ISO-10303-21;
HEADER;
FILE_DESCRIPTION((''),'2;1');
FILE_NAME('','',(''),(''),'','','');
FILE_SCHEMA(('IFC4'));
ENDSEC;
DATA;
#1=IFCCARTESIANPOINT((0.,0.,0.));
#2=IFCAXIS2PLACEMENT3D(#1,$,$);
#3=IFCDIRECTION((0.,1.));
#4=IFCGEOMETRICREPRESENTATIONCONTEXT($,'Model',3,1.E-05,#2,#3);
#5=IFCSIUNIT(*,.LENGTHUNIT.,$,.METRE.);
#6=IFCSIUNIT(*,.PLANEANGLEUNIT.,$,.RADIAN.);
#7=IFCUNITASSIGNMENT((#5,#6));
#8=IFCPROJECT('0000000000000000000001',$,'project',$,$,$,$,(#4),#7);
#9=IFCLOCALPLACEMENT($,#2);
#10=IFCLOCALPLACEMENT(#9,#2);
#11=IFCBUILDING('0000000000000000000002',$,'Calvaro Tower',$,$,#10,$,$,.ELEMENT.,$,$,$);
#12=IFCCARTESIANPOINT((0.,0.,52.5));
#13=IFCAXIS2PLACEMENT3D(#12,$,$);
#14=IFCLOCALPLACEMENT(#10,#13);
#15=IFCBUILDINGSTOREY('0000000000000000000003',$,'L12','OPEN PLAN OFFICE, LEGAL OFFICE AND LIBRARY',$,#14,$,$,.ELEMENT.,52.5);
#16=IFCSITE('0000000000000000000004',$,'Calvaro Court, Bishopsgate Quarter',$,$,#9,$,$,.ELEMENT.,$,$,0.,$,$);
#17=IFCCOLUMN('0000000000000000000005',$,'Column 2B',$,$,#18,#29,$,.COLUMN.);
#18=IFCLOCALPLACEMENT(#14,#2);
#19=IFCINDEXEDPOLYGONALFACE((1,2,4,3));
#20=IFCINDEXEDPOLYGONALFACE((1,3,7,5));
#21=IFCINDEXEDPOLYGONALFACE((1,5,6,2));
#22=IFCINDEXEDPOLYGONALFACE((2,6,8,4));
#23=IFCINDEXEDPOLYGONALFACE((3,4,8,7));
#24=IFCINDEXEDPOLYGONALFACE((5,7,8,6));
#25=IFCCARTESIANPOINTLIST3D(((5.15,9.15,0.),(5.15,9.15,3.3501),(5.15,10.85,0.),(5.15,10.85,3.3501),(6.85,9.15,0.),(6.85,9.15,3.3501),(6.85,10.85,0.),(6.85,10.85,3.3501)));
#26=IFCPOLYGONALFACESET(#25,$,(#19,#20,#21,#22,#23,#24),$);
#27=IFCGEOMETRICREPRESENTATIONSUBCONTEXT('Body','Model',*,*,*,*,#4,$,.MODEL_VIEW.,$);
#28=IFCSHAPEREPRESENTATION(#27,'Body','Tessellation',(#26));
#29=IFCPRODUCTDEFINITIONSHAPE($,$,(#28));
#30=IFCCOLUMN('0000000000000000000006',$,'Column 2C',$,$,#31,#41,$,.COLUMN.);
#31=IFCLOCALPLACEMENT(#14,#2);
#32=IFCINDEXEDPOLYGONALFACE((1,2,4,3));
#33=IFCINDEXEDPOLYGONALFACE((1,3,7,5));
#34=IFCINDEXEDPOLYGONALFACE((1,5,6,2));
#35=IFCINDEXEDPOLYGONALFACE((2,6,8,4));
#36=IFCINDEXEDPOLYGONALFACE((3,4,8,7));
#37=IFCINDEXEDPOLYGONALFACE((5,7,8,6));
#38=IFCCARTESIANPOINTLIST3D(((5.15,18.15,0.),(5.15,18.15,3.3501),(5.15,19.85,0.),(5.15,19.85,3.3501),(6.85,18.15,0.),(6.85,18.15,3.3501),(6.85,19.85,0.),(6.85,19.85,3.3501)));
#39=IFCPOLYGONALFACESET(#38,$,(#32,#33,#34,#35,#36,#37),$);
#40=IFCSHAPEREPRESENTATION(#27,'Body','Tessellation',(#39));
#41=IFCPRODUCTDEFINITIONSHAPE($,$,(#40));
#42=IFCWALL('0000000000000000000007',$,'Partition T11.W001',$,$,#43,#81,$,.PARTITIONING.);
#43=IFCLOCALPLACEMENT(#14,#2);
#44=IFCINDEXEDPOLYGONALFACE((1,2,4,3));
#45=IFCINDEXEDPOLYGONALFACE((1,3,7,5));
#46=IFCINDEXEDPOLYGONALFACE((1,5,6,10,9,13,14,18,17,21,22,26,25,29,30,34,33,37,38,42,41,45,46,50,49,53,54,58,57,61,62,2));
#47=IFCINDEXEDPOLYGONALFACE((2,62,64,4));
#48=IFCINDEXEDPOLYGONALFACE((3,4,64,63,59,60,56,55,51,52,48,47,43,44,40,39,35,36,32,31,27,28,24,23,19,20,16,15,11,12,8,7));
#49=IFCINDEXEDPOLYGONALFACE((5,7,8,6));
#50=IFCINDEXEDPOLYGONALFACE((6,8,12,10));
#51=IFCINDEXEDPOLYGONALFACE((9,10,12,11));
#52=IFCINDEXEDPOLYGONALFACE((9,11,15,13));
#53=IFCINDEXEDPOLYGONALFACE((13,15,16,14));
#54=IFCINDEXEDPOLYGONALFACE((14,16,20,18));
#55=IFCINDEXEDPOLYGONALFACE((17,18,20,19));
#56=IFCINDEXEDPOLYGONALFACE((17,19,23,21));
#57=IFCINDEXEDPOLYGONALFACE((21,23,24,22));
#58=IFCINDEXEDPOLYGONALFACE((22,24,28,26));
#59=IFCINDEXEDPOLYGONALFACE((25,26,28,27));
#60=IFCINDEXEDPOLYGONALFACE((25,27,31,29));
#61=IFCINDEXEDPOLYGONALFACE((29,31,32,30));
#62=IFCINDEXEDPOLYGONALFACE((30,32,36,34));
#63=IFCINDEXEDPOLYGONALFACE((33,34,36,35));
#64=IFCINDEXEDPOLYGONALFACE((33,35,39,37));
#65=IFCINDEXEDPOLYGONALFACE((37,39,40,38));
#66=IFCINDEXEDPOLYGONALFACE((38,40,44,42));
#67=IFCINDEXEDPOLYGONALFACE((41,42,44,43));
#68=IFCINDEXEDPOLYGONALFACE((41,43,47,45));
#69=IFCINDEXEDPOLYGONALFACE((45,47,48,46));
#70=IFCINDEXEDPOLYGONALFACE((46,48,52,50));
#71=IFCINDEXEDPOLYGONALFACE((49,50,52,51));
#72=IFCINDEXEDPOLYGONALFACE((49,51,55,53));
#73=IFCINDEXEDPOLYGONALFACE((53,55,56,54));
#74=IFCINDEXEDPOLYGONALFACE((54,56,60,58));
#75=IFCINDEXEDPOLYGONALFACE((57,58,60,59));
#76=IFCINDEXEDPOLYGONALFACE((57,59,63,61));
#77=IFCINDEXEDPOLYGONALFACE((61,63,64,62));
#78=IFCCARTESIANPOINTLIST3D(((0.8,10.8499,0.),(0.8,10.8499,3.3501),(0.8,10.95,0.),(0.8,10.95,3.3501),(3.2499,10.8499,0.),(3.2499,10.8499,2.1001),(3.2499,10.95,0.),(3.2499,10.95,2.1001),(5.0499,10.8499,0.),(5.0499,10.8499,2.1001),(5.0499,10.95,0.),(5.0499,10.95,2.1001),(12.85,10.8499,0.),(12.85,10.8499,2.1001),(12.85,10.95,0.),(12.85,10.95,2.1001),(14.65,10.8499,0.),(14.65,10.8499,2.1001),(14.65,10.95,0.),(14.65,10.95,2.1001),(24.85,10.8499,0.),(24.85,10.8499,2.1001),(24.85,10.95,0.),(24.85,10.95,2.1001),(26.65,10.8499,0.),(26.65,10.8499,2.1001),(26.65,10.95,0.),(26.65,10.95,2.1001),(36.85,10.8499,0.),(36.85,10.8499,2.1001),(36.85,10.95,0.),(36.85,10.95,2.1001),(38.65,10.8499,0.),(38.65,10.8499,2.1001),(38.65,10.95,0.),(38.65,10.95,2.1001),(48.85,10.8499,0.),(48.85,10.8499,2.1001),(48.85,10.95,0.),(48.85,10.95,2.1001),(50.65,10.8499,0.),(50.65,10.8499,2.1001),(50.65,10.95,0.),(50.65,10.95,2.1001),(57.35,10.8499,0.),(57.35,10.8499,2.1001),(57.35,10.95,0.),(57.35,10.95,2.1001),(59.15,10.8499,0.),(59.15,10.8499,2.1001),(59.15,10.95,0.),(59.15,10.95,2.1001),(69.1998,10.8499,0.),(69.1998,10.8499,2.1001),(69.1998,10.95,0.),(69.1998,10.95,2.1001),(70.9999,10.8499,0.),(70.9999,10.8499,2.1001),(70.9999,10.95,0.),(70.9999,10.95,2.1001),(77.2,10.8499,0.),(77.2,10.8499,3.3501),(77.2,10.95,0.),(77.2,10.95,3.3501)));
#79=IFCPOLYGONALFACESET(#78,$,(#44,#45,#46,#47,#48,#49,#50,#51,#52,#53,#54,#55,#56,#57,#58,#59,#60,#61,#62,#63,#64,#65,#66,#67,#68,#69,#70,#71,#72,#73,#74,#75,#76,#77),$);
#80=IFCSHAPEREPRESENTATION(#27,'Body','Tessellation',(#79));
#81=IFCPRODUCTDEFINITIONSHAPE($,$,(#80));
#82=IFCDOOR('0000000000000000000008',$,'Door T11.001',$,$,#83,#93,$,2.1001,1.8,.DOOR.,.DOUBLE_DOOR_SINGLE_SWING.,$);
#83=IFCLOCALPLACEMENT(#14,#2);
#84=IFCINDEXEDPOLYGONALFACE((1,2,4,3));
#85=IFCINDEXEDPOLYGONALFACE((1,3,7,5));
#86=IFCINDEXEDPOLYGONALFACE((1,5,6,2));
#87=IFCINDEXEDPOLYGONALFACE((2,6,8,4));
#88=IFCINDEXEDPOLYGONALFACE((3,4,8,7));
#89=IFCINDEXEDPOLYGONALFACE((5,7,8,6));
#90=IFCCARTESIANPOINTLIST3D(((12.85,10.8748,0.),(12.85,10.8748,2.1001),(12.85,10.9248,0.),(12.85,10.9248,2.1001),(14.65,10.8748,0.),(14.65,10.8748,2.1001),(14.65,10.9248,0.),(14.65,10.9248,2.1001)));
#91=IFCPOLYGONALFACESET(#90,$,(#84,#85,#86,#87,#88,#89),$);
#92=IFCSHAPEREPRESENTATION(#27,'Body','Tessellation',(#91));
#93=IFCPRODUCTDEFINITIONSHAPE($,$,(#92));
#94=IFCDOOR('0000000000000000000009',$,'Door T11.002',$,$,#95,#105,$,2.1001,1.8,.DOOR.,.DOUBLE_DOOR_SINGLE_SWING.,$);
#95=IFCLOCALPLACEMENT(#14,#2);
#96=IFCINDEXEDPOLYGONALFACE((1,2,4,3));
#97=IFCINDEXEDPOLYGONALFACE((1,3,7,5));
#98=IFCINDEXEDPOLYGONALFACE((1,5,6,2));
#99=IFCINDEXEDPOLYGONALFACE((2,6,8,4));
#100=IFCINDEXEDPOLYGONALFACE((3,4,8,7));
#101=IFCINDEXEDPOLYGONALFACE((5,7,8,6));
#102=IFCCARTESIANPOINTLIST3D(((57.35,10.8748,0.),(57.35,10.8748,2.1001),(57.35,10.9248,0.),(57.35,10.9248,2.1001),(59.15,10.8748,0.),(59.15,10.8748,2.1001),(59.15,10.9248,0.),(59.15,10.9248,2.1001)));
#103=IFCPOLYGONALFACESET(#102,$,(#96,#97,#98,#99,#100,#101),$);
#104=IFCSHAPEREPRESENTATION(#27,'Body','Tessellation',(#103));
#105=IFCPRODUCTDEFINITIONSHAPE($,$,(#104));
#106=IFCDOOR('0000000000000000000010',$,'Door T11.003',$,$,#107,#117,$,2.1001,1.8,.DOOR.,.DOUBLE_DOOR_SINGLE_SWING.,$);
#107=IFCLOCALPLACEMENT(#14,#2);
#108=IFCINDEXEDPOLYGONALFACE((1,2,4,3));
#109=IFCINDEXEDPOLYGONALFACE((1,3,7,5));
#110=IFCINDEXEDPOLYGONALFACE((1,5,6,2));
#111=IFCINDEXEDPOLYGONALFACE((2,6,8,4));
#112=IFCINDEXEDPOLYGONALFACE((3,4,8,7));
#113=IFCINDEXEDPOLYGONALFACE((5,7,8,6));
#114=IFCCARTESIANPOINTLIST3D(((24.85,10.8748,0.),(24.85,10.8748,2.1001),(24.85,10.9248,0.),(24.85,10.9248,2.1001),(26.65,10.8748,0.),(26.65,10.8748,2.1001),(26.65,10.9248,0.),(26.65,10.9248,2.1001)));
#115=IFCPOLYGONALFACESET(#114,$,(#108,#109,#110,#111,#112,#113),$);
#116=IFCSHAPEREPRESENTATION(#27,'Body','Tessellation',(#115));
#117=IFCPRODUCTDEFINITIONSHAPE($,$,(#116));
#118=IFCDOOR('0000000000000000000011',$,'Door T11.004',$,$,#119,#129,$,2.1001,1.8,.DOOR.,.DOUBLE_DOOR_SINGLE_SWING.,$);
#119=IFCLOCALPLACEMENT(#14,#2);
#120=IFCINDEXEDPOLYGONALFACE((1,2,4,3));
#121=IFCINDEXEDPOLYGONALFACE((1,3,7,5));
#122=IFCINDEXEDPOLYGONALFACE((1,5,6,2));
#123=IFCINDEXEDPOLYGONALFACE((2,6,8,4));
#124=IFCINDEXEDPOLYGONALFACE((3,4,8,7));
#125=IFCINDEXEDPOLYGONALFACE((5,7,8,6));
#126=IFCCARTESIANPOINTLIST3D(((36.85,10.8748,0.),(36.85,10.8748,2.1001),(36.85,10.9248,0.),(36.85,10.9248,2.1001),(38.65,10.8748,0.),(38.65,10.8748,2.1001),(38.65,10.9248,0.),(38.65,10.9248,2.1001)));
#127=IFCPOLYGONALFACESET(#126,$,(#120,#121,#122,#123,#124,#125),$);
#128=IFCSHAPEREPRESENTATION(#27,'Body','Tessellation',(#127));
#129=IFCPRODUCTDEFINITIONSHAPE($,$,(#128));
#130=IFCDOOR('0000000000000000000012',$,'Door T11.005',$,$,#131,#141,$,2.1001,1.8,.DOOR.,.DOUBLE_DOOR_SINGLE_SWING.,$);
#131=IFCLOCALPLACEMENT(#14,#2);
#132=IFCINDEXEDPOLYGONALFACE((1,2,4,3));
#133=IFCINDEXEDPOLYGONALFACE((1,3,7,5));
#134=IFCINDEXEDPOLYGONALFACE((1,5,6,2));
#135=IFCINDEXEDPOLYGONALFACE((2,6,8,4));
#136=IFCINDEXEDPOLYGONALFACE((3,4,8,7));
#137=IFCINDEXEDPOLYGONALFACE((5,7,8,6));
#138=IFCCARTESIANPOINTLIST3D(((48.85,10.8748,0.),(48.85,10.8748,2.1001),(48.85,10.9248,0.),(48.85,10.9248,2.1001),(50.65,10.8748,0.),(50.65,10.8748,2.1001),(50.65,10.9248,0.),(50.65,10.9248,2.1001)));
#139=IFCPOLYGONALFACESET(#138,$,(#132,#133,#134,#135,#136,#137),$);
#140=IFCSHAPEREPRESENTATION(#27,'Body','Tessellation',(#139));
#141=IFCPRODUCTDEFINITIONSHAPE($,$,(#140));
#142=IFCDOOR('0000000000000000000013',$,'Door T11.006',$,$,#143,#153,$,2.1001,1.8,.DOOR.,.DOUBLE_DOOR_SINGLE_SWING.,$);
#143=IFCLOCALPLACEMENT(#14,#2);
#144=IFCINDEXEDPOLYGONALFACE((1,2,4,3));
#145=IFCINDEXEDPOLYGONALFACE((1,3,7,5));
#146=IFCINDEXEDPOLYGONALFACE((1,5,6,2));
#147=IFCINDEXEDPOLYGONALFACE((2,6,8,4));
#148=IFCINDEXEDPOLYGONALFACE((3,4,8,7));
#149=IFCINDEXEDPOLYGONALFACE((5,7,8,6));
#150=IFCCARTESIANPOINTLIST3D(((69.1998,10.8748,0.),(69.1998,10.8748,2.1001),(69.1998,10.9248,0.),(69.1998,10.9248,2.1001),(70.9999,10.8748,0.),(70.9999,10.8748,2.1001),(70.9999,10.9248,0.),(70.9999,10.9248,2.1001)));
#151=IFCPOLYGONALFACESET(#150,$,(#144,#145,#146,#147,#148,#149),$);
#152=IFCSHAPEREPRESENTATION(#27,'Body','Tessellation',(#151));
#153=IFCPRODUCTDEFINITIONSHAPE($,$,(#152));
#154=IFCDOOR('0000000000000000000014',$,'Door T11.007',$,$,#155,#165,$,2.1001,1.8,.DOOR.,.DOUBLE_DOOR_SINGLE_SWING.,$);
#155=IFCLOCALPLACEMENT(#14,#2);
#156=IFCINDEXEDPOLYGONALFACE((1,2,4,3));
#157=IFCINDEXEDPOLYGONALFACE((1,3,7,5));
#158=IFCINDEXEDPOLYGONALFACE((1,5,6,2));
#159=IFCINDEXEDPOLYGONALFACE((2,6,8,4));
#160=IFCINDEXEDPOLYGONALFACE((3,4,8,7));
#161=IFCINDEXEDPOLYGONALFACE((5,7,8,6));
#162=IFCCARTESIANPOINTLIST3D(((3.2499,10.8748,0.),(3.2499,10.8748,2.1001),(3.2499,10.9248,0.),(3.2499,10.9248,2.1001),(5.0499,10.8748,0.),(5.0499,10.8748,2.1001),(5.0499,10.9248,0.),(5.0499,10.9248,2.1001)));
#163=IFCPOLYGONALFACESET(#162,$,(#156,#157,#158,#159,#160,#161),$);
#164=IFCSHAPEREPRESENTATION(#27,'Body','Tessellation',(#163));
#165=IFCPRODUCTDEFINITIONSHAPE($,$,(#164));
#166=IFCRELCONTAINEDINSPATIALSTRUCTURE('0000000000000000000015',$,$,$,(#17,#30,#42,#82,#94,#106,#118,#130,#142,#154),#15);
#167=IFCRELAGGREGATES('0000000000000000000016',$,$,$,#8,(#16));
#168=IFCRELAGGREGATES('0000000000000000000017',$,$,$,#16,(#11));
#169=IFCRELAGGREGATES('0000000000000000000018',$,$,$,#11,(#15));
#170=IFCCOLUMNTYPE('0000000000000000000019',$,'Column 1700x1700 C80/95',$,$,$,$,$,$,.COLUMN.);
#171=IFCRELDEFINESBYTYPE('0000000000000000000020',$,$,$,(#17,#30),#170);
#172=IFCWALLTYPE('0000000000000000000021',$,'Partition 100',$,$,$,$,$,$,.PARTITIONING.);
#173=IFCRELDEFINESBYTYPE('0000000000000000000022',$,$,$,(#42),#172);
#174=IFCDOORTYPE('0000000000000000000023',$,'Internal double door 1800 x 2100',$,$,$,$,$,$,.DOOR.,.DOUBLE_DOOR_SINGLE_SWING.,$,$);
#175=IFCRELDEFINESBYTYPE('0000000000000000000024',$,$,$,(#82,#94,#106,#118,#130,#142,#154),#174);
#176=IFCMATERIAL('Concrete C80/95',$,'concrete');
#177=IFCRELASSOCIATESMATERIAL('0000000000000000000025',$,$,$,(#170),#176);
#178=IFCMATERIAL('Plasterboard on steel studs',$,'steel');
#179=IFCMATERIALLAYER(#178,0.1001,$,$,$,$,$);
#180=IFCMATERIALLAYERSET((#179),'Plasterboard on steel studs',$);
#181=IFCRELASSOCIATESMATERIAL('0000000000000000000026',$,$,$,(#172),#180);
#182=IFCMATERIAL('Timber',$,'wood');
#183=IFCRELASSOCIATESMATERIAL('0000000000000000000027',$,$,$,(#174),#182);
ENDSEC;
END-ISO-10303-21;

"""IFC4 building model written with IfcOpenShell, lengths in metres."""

from ifc_helpers import new_model, si_unit, direction, frame, frame_2d, origin, origin_2d, place, context, subcontext, project, spatial, rectangle, extrude, material, layer, layer_set, material_profile, profile_set, type_object, element, fill, save


model = new_model("IFC4")

# Units and contexts
model_context = context("Model", 3, precision=1e-05, world=origin(), true_north=direction((0.0, 1.0)))
body_context = subcontext(model_context, "Body", "Model", "MODEL_VIEW")
ifc_project = project(units=[si_unit("LENGTHUNIT", "METRE"), si_unit("PLANEANGLEUNIT", "RADIAN")], contexts=[model_context])

# Site, building, storey
site_placement = place(None, origin())
site = spatial("IfcSite", under=ifc_project, at=site_placement, Name="Calvaro Court, Bishopsgate Quarter", CompositionType="ELEMENT", RefElevation=0.0)
building_placement = place(site_placement, origin())
building = spatial("IfcBuilding", under=site, at=building_placement, Name="Calvaro Tower", CompositionType="ELEMENT")
storey_placement = place(building_placement, frame((0.0, 0.0, 52.5)))
storey = spatial("IfcBuildingStorey", under=building, at=storey_placement, Name="L12", Description="OPEN PLAN OFFICE, LEGAL OFFICE AND LIBRARY", CompositionType="ELEMENT", Elevation=52.5)

# Columns
ifc_material_1 = material(Name="Concrete C80/95", Category="concrete")
ifc_material_profile = material_profile(ifc_material_1, rectangle(XDim=1.7, YDim=1.7, at=origin_2d()), Name="RC 1700x1700")
ifc_profile_set = profile_set([ifc_material_profile], Name="Concrete C80/95")
column_type = type_object("IfcColumnType", Name="Column 1700x1700 C80/95", PredefinedType="COLUMN", material=ifc_profile_set)
for number, where, z_axis, x_axis, name in (
    (1, (6.0, 10.0, 0.0), (0.0, 0.0, 1.0), (1.0, 0.0, 0.0), "Column 2B"),
    (2, (6.0, 19.0, 0.0), (0.0, 0.0, 1.0), (1.0, 0.0, 0.0), "Column 2C"),
):
    element("IfcColumn", number, at=place(storey_placement, frame(where, z_axis=z_axis, x_axis=x_axis)), inside=storey, type_object=column_type, Name=name, PredefinedType="COLUMN", context=body_context, shape_type="SweptSolid", body=[
        extrude(rectangle(XDim=1.7, YDim=1.7, at=origin_2d()), origin(), (0.0, 0.0, 1.0), 3.3501),
    ])

# Wall, openings, doors
ifc_material_2 = material(Name="Plasterboard on steel studs", Category="steel")
ifc_layer = layer(ifc_material_2, 0.1001)
ifc_layer_set = layer_set([ifc_layer], Name="Plasterboard on steel studs")
wall_type = type_object("IfcWallType", Name="Partition 100", PredefinedType="PARTITIONING", material=ifc_layer_set)
wall_1_placement = place(storey_placement, frame((0.8, 10.8999, 0.0), z_axis=(0.0, 0.0, 1.0), x_axis=(1.0, 0.0, 0.0)))
wall_1 = element("IfcWall", 3, at=wall_1_placement, inside=storey, type_object=wall_type, Name="Partition T11.W001", PredefinedType="PARTITIONING", context=body_context, shape_type="SweptSolid", body=[
    extrude(rectangle(XDim=76.3999, YDim=0.1001, at=frame_2d((38.2, 0.0))), origin(), (0.0, 0.0, 1.0), 3.3501),
])
opening_1_placement = place(wall_1_placement, frame((12.05, 0.0, 0.0)))
opening_1 = element("IfcOpeningElement", 4, at=opening_1_placement, cuts=wall_1, PredefinedType="OPENING", context=body_context, shape_type="SweptSolid", body=[
    extrude(rectangle(XDim=1.8, YDim=2.1001, at=frame_2d((0.8999, 1.05))), frame((0.0, 0.0601, 0.0), z_axis=(0.0, -1.0, 0.0), x_axis=(1.0, 0.0, 0.0)), (0.0, 0.0, 1.0), 0.1201),
])
opening_2_placement = place(wall_1_placement, frame((56.55, 0.0, 0.0)))
opening_2 = element("IfcOpeningElement", 5, at=opening_2_placement, cuts=wall_1, PredefinedType="OPENING", context=body_context, shape_type="SweptSolid", body=[
    extrude(rectangle(XDim=1.8, YDim=2.1001, at=frame_2d((0.8999, 1.05))), frame((0.0, 0.0601, 0.0), z_axis=(0.0, -1.0, 0.0), x_axis=(1.0, 0.0, 0.0)), (0.0, 0.0, 1.0), 0.1201),
])
opening_3_placement = place(wall_1_placement, frame((24.05, 0.0, 0.0)))
opening_3 = element("IfcOpeningElement", 6, at=opening_3_placement, cuts=wall_1, PredefinedType="OPENING", context=body_context, shape_type="SweptSolid", body=[
    extrude(rectangle(XDim=1.8, YDim=2.1001, at=frame_2d((0.8999, 1.05))), frame((0.0, 0.0601, 0.0), z_axis=(0.0, -1.0, 0.0), x_axis=(1.0, 0.0, 0.0)), (0.0, 0.0, 1.0), 0.1201),
])
opening_4_placement = place(wall_1_placement, frame((36.05, 0.0, 0.0)))
opening_4 = element("IfcOpeningElement", 7, at=opening_4_placement, cuts=wall_1, PredefinedType="OPENING", context=body_context, shape_type="SweptSolid", body=[
    extrude(rectangle(XDim=1.8, YDim=2.1001, at=frame_2d((0.8999, 1.05))), frame((0.0, 0.0601, 0.0), z_axis=(0.0, -1.0, 0.0), x_axis=(1.0, 0.0, 0.0)), (0.0, 0.0, 1.0), 0.1201),
])
opening_5_placement = place(wall_1_placement, frame((48.05, 0.0, 0.0)))
opening_5 = element("IfcOpeningElement", 8, at=opening_5_placement, cuts=wall_1, PredefinedType="OPENING", context=body_context, shape_type="SweptSolid", body=[
    extrude(rectangle(XDim=1.8, YDim=2.1001, at=frame_2d((0.8999, 1.05))), frame((0.0, 0.0601, 0.0), z_axis=(0.0, -1.0, 0.0), x_axis=(1.0, 0.0, 0.0)), (0.0, 0.0, 1.0), 0.1201),
])
opening_6_placement = place(wall_1_placement, frame((68.3999, 0.0, 0.0)))
opening_6 = element("IfcOpeningElement", 9, at=opening_6_placement, cuts=wall_1, PredefinedType="OPENING", context=body_context, shape_type="SweptSolid", body=[
    extrude(rectangle(XDim=1.8, YDim=2.1001, at=frame_2d((0.8999, 1.05))), frame((0.0, 0.0601, 0.0), z_axis=(0.0, -1.0, 0.0), x_axis=(1.0, 0.0, 0.0)), (0.0, 0.0, 1.0), 0.1201),
])
opening_7_placement = place(wall_1_placement, frame((2.45, 0.0, 0.0)))
opening_7 = element("IfcOpeningElement", 10, at=opening_7_placement, cuts=wall_1, PredefinedType="OPENING", context=body_context, shape_type="SweptSolid", body=[
    extrude(rectangle(XDim=1.8, YDim=2.1001, at=frame_2d((0.8999, 1.05))), frame((0.0, 0.0601, 0.0), z_axis=(0.0, -1.0, 0.0), x_axis=(1.0, 0.0, 0.0)), (0.0, 0.0, 1.0), 0.1201),
])
ifc_material_3 = material(Name="Timber", Category="wood")
door_type_1 = type_object("IfcDoorType", Name="Internal double door 1800 x 2100", OperationType="DOUBLE_DOOR_SINGLE_SWING", PredefinedType="DOOR", material=ifc_material_3)
door_1_placement = place(opening_1_placement, origin())
door_1 = element("IfcDoor", 11, at=door_1_placement, inside=storey, type_object=door_type_1, Name="Door T11.001", OperationType="DOUBLE_DOOR_SINGLE_SWING", OverallHeight=2.1001, OverallWidth=1.8, PredefinedType="DOOR", context=body_context, shape_type="SweptSolid", body=[
    extrude(rectangle(XDim=1.8, YDim=2.1001, at=frame_2d((0.8999, 1.05))), frame((0.0, 0.0249, 0.0), z_axis=(0.0, -1.0, 0.0), x_axis=(1.0, 0.0, 0.0)), (0.0, 0.0, 1.0), 0.05),
])
fill(opening_1, door_1)
door_2_placement = place(opening_2_placement, origin())
door_2 = element("IfcDoor", 12, at=door_2_placement, inside=storey, type_object=door_type_1, Name="Door T11.002", OperationType="DOUBLE_DOOR_SINGLE_SWING", OverallHeight=2.1001, OverallWidth=1.8, PredefinedType="DOOR", context=body_context, shape_type="SweptSolid", body=[
    extrude(rectangle(XDim=1.8, YDim=2.1001, at=frame_2d((0.8999, 1.05))), frame((0.0, 0.0249, 0.0), z_axis=(0.0, -1.0, 0.0), x_axis=(1.0, 0.0, 0.0)), (0.0, 0.0, 1.0), 0.05),
])
fill(opening_2, door_2)
door_3_placement = place(opening_3_placement, origin())
door_3 = element("IfcDoor", 13, at=door_3_placement, inside=storey, type_object=door_type_1, Name="Door T11.003", OperationType="DOUBLE_DOOR_SINGLE_SWING", OverallHeight=2.1001, OverallWidth=1.8, PredefinedType="DOOR", context=body_context, shape_type="SweptSolid", body=[
    extrude(rectangle(XDim=1.8, YDim=2.1001, at=frame_2d((0.8999, 1.05))), frame((0.0, 0.0249, 0.0), z_axis=(0.0, -1.0, 0.0), x_axis=(1.0, 0.0, 0.0)), (0.0, 0.0, 1.0), 0.05),
])
fill(opening_3, door_3)
door_4_placement = place(opening_4_placement, origin())
door_4 = element("IfcDoor", 14, at=door_4_placement, inside=storey, type_object=door_type_1, Name="Door T11.004", OperationType="DOUBLE_DOOR_SINGLE_SWING", OverallHeight=2.1001, OverallWidth=1.8, PredefinedType="DOOR", context=body_context, shape_type="SweptSolid", body=[
    extrude(rectangle(XDim=1.8, YDim=2.1001, at=frame_2d((0.8999, 1.05))), frame((0.0, 0.0249, 0.0), z_axis=(0.0, -1.0, 0.0), x_axis=(1.0, 0.0, 0.0)), (0.0, 0.0, 1.0), 0.05),
])
fill(opening_4, door_4)
door_5_placement = place(opening_5_placement, origin())
door_5 = element("IfcDoor", 15, at=door_5_placement, inside=storey, type_object=door_type_1, Name="Door T11.005", OperationType="DOUBLE_DOOR_SINGLE_SWING", OverallHeight=2.1001, OverallWidth=1.8, PredefinedType="DOOR", context=body_context, shape_type="SweptSolid", body=[
    extrude(rectangle(XDim=1.8, YDim=2.1001, at=frame_2d((0.8999, 1.05))), frame((0.0, 0.0249, 0.0), z_axis=(0.0, -1.0, 0.0), x_axis=(1.0, 0.0, 0.0)), (0.0, 0.0, 1.0), 0.05),
])
fill(opening_5, door_5)
door_6_placement = place(opening_6_placement, origin())
door_6 = element("IfcDoor", 16, at=door_6_placement, inside=storey, type_object=door_type_1, Name="Door T11.006", OperationType="DOUBLE_DOOR_SINGLE_SWING", OverallHeight=2.1001, OverallWidth=1.8, PredefinedType="DOOR", context=body_context, shape_type="SweptSolid", body=[
    extrude(rectangle(XDim=1.8, YDim=2.1001, at=frame_2d((0.8999, 1.05))), frame((0.0, 0.0249, 0.0), z_axis=(0.0, -1.0, 0.0), x_axis=(1.0, 0.0, 0.0)), (0.0, 0.0, 1.0), 0.05),
])
fill(opening_6, door_6)
door_7_placement = place(opening_7_placement, origin())
door_7 = element("IfcDoor", 17, at=door_7_placement, inside=storey, type_object=door_type_1, Name="Door T11.007", OperationType="DOUBLE_DOOR_SINGLE_SWING", OverallHeight=2.1001, OverallWidth=1.8, PredefinedType="DOOR", context=body_context, shape_type="SweptSolid", body=[
    extrude(rectangle(XDim=1.8, YDim=2.1001, at=frame_2d((0.8999, 1.05))), frame((0.0, 0.0249, 0.0), z_axis=(0.0, -1.0, 0.0), x_axis=(1.0, 0.0, 0.0)), (0.0, 0.0, 1.0), 0.05),
])
fill(opening_7, door_7)

save(model, "model.ifc")
